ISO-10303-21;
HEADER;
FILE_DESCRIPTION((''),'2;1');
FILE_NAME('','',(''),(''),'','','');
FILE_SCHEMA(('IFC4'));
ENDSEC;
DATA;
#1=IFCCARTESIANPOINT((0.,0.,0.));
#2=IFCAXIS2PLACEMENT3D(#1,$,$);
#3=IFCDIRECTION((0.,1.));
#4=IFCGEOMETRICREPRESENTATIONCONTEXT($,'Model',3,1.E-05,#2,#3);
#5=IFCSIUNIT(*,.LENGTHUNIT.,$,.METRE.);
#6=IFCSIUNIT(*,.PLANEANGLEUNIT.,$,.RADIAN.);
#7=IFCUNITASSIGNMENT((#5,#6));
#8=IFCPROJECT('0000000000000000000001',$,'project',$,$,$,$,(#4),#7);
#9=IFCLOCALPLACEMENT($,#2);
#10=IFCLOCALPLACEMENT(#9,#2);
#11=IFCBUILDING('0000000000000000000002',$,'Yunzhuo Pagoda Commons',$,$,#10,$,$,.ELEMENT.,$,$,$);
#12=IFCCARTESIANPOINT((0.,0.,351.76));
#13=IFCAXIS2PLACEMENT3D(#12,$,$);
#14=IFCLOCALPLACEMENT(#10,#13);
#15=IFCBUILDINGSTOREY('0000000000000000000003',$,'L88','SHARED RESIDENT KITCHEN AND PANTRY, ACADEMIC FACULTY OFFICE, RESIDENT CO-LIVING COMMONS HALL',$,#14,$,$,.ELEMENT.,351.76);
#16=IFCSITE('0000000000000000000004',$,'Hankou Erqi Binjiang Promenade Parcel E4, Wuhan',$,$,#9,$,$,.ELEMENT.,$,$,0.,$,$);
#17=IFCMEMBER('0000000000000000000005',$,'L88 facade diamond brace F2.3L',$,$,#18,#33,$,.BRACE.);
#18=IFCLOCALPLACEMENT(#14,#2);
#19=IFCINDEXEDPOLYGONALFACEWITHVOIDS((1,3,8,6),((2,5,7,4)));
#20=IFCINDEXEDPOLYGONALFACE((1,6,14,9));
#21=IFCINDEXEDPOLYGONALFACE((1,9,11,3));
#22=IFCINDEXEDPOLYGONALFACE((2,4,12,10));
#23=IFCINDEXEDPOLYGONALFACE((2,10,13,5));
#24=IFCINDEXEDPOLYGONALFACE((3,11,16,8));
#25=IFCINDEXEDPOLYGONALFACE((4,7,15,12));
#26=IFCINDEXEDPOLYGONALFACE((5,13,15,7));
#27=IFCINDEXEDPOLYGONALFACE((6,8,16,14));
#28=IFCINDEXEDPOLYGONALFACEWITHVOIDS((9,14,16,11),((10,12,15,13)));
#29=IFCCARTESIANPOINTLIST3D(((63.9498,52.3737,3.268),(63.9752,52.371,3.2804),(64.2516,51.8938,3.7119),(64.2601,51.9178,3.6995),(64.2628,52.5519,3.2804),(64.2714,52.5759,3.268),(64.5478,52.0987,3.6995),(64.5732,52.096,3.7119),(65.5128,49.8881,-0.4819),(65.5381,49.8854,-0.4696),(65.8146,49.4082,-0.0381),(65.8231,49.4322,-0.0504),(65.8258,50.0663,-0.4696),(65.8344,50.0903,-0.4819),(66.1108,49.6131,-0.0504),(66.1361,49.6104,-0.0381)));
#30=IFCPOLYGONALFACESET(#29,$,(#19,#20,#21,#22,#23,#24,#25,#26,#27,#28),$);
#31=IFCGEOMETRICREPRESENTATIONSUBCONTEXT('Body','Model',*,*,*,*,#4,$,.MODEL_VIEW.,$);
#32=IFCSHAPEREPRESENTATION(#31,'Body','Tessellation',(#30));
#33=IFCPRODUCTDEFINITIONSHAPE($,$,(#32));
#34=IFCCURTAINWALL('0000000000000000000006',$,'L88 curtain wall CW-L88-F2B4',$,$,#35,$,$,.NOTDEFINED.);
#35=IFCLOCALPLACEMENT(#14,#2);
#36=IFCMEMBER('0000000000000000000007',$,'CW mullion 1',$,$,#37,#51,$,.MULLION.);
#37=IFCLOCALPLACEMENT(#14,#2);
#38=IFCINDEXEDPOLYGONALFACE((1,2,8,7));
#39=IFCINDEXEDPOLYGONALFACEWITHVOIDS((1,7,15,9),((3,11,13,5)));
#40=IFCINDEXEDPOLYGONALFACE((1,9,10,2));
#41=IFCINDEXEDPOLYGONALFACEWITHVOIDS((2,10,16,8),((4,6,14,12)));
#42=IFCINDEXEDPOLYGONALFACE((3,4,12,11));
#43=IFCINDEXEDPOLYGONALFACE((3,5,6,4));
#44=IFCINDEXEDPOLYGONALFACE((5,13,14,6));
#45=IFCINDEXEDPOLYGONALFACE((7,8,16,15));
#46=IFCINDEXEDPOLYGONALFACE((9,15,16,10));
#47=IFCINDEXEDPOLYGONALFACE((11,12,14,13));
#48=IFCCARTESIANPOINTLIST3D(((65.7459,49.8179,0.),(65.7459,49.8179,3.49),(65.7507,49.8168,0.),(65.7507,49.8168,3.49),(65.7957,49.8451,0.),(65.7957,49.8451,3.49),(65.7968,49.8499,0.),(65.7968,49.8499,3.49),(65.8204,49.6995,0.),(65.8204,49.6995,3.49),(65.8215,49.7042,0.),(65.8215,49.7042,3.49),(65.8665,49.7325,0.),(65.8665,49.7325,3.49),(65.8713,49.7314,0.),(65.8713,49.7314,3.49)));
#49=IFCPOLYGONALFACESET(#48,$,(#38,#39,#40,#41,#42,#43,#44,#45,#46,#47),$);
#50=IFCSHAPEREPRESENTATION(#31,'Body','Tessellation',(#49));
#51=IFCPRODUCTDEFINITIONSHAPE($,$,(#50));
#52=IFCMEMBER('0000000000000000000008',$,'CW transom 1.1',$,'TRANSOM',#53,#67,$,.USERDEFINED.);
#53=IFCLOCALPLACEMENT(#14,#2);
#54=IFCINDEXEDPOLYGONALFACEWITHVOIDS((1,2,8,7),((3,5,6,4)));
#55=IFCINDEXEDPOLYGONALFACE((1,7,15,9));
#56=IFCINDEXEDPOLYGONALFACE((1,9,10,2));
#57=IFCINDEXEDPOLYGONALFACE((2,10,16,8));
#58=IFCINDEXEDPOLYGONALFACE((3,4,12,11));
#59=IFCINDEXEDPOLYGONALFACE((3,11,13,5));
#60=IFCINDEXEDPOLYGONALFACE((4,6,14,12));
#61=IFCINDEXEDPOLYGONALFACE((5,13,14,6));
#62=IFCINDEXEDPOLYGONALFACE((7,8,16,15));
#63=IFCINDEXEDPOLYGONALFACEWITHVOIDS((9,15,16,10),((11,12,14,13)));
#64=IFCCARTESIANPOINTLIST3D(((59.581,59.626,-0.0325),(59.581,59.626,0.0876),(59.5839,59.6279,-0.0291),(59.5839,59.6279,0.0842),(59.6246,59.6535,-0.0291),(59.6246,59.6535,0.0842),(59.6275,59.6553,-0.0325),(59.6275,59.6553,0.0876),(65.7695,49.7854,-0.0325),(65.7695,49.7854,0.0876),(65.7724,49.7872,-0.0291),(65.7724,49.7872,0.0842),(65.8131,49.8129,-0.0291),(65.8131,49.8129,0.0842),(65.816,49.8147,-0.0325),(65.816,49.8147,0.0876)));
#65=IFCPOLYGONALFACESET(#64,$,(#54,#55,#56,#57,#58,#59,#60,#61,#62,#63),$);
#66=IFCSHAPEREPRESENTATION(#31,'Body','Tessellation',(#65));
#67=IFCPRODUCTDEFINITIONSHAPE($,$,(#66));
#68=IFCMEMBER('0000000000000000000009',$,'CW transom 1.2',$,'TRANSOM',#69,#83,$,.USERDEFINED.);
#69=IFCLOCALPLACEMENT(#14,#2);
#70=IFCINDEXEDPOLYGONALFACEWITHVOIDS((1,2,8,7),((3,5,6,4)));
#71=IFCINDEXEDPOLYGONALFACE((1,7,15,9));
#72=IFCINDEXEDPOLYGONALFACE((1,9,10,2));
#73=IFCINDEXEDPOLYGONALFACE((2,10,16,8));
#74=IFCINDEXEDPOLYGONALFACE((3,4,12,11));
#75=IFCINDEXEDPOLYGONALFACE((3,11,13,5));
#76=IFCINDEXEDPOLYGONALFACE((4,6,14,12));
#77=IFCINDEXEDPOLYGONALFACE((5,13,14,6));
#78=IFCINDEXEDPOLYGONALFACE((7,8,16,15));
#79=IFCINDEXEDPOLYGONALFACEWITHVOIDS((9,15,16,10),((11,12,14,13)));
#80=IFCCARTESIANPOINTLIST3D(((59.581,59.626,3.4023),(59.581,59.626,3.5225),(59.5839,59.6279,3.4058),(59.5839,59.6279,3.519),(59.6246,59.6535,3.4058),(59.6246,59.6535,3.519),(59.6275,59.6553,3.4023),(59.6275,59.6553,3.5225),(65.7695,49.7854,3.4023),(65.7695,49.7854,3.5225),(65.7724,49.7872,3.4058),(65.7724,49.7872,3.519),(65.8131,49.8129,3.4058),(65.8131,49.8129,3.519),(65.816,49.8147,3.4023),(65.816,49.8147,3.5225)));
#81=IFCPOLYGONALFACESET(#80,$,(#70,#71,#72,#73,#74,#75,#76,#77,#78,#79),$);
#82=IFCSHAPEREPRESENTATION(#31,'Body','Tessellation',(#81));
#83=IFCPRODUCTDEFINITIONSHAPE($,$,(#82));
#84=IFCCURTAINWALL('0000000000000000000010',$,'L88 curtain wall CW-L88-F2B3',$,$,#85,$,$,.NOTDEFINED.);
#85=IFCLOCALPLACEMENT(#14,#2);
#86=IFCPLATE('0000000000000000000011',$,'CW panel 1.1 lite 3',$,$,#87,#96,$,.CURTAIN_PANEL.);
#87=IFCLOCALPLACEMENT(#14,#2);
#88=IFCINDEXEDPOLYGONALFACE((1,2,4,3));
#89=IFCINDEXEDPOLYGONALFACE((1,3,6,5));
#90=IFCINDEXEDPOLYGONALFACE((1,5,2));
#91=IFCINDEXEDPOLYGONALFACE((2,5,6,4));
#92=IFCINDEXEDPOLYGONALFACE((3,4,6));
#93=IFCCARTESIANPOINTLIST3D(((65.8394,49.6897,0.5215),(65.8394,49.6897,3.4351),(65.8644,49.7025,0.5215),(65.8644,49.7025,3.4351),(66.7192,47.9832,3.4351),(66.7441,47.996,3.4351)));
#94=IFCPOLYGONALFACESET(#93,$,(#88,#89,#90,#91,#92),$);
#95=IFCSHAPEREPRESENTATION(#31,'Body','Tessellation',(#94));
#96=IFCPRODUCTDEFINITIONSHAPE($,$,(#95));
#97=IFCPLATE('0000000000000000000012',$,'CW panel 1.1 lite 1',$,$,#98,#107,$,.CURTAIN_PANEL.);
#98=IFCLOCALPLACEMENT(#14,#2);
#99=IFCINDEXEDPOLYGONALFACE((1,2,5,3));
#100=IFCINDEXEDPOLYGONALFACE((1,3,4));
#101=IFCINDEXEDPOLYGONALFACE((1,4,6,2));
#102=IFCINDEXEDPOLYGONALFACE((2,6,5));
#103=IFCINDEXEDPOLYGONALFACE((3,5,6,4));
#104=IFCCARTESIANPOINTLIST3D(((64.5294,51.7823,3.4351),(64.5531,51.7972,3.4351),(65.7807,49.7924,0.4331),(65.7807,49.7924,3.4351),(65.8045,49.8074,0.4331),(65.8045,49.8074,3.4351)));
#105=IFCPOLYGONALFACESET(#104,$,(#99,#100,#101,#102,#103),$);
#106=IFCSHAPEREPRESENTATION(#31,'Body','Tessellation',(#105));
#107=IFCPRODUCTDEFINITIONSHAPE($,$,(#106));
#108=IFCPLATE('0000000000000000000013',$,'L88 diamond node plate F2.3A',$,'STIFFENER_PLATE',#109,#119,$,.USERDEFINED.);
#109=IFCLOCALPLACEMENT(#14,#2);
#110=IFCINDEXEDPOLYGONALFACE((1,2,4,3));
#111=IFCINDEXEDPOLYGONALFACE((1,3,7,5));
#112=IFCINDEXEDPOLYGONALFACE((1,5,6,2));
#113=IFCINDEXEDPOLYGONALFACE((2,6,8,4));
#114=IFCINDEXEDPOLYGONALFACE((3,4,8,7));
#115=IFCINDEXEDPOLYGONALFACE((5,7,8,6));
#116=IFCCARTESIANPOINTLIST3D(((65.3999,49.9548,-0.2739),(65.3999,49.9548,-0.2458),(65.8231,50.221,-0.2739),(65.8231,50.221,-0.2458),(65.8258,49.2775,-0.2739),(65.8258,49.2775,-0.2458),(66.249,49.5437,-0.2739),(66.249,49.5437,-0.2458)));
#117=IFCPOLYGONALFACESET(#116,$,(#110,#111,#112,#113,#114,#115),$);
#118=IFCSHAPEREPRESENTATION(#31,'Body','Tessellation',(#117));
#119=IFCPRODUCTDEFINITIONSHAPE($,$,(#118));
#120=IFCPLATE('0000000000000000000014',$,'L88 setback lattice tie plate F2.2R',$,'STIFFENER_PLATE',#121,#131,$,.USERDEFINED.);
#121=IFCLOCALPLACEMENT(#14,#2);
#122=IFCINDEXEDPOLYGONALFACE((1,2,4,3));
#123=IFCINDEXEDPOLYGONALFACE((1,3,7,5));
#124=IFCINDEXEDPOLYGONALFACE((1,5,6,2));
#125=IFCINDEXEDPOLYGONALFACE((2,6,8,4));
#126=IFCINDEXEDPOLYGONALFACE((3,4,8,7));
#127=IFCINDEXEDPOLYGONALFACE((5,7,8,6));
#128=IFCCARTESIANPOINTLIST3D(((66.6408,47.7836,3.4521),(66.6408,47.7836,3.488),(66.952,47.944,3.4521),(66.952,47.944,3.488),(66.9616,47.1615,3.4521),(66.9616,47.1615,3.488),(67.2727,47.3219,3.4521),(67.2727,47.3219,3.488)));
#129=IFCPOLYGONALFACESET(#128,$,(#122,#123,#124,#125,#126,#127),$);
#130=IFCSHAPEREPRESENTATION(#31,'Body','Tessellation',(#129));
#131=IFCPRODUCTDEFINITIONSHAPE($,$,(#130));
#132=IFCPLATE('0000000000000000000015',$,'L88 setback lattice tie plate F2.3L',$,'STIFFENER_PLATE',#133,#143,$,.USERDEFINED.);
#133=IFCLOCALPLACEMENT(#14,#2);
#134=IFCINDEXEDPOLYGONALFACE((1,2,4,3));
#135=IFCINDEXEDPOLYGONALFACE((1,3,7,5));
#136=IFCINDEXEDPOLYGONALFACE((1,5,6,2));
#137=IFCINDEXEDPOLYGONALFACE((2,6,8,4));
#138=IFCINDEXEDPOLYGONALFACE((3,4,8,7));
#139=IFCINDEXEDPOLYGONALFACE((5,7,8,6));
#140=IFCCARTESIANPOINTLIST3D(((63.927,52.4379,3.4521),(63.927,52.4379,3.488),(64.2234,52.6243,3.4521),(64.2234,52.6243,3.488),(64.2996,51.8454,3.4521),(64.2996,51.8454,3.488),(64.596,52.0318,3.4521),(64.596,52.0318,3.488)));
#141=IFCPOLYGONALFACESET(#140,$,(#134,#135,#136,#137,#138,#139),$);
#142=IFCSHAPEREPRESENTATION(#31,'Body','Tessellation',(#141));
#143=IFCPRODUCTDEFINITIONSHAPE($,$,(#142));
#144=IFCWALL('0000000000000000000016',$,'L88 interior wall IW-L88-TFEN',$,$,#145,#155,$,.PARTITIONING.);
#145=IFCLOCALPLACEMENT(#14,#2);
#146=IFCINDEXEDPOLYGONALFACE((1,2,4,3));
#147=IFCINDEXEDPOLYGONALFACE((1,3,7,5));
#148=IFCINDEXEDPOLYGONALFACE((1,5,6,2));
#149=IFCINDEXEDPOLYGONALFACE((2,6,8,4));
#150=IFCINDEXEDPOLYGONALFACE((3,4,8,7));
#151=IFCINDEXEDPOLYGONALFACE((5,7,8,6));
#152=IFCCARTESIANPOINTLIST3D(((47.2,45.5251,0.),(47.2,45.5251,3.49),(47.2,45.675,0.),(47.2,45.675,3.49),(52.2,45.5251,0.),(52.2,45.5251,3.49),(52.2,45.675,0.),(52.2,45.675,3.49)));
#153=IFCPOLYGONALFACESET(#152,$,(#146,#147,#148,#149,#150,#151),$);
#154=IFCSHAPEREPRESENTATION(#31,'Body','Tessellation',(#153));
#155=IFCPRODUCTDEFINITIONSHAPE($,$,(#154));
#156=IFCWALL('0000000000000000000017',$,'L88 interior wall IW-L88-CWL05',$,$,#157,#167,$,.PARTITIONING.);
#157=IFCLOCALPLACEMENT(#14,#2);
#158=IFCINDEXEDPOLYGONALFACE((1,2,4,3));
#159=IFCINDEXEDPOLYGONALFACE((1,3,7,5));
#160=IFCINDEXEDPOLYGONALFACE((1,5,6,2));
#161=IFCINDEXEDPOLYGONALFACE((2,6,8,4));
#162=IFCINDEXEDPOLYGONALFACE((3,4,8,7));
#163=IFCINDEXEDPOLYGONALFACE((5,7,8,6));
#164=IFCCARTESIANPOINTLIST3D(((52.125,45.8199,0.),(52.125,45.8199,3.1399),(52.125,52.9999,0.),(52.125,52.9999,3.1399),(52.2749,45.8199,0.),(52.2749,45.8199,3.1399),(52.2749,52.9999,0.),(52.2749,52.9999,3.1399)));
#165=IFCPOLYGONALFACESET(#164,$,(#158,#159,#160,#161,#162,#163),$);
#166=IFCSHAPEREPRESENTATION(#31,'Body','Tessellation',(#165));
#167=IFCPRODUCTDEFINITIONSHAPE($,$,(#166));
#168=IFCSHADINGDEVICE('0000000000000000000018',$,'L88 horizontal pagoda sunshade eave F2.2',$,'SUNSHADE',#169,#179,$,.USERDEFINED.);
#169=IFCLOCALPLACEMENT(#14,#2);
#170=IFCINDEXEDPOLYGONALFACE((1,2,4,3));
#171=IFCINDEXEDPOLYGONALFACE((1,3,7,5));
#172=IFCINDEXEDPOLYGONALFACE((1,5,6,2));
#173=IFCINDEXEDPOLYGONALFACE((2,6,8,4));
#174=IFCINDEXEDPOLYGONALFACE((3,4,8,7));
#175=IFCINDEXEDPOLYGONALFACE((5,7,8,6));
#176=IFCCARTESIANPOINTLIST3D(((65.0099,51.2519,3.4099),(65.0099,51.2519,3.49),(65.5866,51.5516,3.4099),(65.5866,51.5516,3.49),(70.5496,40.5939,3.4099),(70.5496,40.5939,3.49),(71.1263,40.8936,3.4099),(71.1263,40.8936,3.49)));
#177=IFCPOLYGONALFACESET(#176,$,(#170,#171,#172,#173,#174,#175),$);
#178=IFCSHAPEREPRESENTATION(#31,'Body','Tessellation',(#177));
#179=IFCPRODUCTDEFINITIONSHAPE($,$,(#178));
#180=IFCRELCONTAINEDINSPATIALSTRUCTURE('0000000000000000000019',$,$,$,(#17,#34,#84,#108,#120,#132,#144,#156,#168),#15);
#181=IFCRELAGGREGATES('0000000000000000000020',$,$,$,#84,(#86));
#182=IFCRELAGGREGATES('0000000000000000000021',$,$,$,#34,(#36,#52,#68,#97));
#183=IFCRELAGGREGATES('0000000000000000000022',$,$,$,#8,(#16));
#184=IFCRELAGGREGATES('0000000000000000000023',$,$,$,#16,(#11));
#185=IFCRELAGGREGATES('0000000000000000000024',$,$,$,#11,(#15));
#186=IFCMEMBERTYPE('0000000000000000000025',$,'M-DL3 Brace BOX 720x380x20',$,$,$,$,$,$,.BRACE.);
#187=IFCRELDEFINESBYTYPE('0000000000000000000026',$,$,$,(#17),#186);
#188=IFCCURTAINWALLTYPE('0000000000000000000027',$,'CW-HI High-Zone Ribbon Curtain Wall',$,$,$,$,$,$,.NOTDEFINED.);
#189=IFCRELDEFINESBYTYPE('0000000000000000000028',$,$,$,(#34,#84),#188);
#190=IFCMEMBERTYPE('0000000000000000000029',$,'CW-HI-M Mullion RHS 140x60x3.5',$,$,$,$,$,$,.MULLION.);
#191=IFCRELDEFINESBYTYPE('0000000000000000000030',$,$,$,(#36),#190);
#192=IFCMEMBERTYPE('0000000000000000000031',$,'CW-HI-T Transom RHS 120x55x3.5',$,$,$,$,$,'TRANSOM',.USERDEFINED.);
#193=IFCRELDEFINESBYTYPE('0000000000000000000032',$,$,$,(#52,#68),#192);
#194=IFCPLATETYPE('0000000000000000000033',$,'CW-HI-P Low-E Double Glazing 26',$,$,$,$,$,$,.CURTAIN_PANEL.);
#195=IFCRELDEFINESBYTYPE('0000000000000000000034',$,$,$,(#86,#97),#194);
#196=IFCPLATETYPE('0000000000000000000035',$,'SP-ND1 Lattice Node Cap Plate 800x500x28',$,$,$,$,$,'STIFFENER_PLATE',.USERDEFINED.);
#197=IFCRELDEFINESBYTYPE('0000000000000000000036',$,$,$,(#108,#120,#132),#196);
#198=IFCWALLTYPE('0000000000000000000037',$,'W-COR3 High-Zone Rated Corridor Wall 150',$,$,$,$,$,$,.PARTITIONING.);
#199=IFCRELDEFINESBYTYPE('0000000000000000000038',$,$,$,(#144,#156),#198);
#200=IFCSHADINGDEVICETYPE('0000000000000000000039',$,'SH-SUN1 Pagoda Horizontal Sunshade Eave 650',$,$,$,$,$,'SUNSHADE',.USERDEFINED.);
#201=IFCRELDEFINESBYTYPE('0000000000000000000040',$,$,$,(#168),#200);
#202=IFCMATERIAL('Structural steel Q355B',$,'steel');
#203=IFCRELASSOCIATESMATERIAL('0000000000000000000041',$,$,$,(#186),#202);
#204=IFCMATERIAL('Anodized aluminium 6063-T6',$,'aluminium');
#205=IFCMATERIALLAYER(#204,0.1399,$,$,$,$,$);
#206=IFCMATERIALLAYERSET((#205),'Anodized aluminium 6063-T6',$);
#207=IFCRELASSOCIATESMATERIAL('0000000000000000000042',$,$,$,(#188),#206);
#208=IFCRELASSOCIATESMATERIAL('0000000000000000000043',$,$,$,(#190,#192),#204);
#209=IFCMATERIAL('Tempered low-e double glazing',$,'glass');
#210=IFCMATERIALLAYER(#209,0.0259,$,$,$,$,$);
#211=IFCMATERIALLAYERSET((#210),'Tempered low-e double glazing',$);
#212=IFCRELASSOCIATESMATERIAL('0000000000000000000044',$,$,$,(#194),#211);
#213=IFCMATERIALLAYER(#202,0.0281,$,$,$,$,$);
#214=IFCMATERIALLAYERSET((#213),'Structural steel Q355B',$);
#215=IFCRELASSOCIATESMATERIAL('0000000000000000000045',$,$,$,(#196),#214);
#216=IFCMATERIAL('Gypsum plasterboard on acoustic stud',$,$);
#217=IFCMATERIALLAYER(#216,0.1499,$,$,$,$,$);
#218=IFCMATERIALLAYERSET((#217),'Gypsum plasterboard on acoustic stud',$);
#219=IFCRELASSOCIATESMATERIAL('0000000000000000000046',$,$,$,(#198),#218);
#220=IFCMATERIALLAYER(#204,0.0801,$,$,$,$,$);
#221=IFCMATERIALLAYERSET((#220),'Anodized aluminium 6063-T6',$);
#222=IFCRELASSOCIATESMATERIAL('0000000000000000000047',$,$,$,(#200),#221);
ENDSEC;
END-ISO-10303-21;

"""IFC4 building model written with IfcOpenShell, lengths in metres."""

from ifc_helpers import new_model, si_unit, direction, frame, frame_2d, origin, origin_2d, place, context, subcontext, project, spatial, polyline, rectangle, hollow_rectangle, outline, extrude, source, transform, mapped, material, layer, layer_set, material_profile, profile_set, type_object, element, aggregate, save


model = new_model("IFC4")

# Units and contexts
model_context = context("Model", 3, precision=1e-05, world=origin(), true_north=direction((0.0, 1.0)))
body_context = subcontext(model_context, "Body", "Model", "MODEL_VIEW")
ifc_project = project(units=[si_unit("LENGTHUNIT", "METRE"), si_unit("PLANEANGLEUNIT", "RADIAN")], contexts=[model_context])

# Site, building, storey
site_placement = place(None, origin())
site = spatial("IfcSite", under=ifc_project, at=site_placement, Name="Hankou Erqi Binjiang Promenade Parcel E4, Wuhan", CompositionType="ELEMENT", RefElevation=0.0)
building_placement = place(site_placement, origin())
building = spatial("IfcBuilding", under=site, at=building_placement, Name="Yunzhuo Pagoda Commons", CompositionType="ELEMENT")
storey_placement = place(building_placement, frame((0.0, 0.0, 351.76)))
storey = spatial("IfcBuildingStorey", under=building, at=storey_placement, Name="L88", Description="SHARED RESIDENT KITCHEN AND PANTRY, ACADEMIC FACULTY OFFICE, RESIDENT CO-LIVING COMMONS HALL", CompositionType="ELEMENT", Elevation=351.76)

# Shared definitions
ifc_material_1 = material(Name="Structural steel Q355B", Category="steel")

# Member
ifc_material_profile_1 = material_profile(ifc_material_1, hollow_rectangle(XDim=0.3799, YDim=0.72, WallThickness=0.02, at=origin_2d()), Name="Structural steel Q355B")
ifc_profile_set_1 = profile_set([ifc_material_profile_1], Name="Structural steel Q355B")
member_type_1 = type_object("IfcMemberType", Name="M-DL3 Brace BOX 720x380x20", PredefinedType="BRACE", material=ifc_profile_set_1)
shared_shape_1 = source(origin(), body_context, "Body", "SweptSolid", [
    extrude(hollow_rectangle(XDim=0.3799, YDim=0.72, WallThickness=0.02, at=origin_2d()), origin(), (0.0, 0.0, 1.0), 4.7627),
])
member_1_placement = place(storey_placement, frame((65.8245, 49.7493, -0.26), z_axis=(-0.328171, 0.521884, 0.787363), x_axis=(-0.846542, -0.532321, 0.0)))
element("IfcMember", 1, at=member_1_placement, inside=storey, type_object=member_type_1, Name="L88 facade diamond brace F2.3L", PredefinedType="BRACE", context=body_context, shape_type="MappedRepresentation", body=[
    mapped(shared_shape_1, transform((0.0, 0.0, 0.0), scale=1.0)),
])

# Curtain wall, members
ifc_material_2 = material(Name="Anodized aluminium 6063-T6", Category="aluminium")
ifc_layer_1 = layer(ifc_material_2, 0.1399)
ifc_layer_set_1 = layer_set([ifc_layer_1], Name="Anodized aluminium 6063-T6")
curtain_wall_type = type_object("IfcCurtainWallType", Name="CW-HI High-Zone Ribbon Curtain Wall", PredefinedType="NOTDEFINED", material=ifc_layer_set_1)
curtain_wall_1_placement = place(storey_placement, origin())
curtain_wall_1 = element("IfcCurtainWall", 2, at=curtain_wall_1_placement, inside=storey, type_object=curtain_wall_type, Name="L88 curtain wall CW-L88-F2B4", PredefinedType="NOTDEFINED")
ifc_material_profile_2 = material_profile(ifc_material_2, hollow_rectangle(XDim=0.0601, YDim=0.1399, WallThickness=0.0034, at=origin_2d()), Name="Anodized aluminium 6063-T6")
ifc_profile_set_2 = profile_set([ifc_material_profile_2], Name="Anodized aluminium 6063-T6")
member_type_2 = type_object("IfcMemberType", Name="CW-HI-M Mullion RHS 140x60x3.5", PredefinedType="MULLION", material=ifc_profile_set_2)
shared_shape_2 = source(origin(), body_context, "Body", "SweptSolid", [
    extrude(hollow_rectangle(XDim=0.0601, YDim=0.1399, WallThickness=0.0034, at=origin_2d()), origin(), (0.0, 0.0, 1.0), 3.49),
])
member_2_placement = place(storey_placement, frame((65.8086, 49.7747, 0.0), z_axis=(0.0, 0.0, 1.0), x_axis=(-0.846525, -0.53235, 0.0)))
member_2 = element("IfcMember", 3, at=member_2_placement, type_object=member_type_2, Name="CW mullion 1", PredefinedType="MULLION", context=body_context, shape_type="MappedRepresentation", body=[
    mapped(shared_shape_2, transform((0.0, 0.0, 0.0), scale=1.0)),
])
ifc_material_profile_3 = material_profile(ifc_material_2, hollow_rectangle(XDim=0.0549, YDim=0.1201, WallThickness=0.0034, at=origin_2d()), Name="Anodized aluminium 6063-T6")
ifc_profile_set_3 = profile_set([ifc_material_profile_3], Name="Anodized aluminium 6063-T6")
member_type_3 = type_object("IfcMemberType", Name="CW-HI-T Transom RHS 120x55x3.5", ElementType="TRANSOM", PredefinedType="USERDEFINED", material=ifc_profile_set_3)
shared_shape_3 = source(origin(), body_context, "Body", "SweptSolid", [
    extrude(hollow_rectangle(XDim=0.0549, YDim=0.1201, WallThickness=0.0034, at=origin_2d()), origin(), (0.0, 0.0, 1.0), 11.6248),
])
member_3_placement = place(storey_placement, frame((65.7927, 49.8, 0.0276), z_axis=(-0.532355, 0.846521, 0.0), x_axis=(-0.846521, -0.532355, 0.0)))
member_3 = element("IfcMember", 4, at=member_3_placement, type_object=member_type_3, Name="CW transom 1.1", ObjectType="TRANSOM", PredefinedType="USERDEFINED", context=body_context, shape_type="MappedRepresentation", body=[
    mapped(shared_shape_3, transform((0.0, 0.0, 0.0), scale=1.0)),
])
member_4_placement = place(storey_placement, frame((65.7927, 49.8, 3.4624), z_axis=(-0.532355, 0.846521, 0.0), x_axis=(-0.846521, -0.532355, 0.0)))
member_4 = element("IfcMember", 5, at=member_4_placement, type_object=member_type_3, Name="CW transom 1.2", ObjectType="TRANSOM", PredefinedType="USERDEFINED", context=body_context, shape_type="MappedRepresentation", body=[
    mapped(shared_shape_3, transform((0.0, 0.0, 0.0), scale=1.0)),
])

# Curtain wall, plate
curtain_wall_2_placement = place(storey_placement, origin())
curtain_wall_2 = element("IfcCurtainWall", 6, at=curtain_wall_2_placement, inside=storey, type_object=curtain_wall_type, Name="L88 curtain wall CW-L88-F2B3", PredefinedType="NOTDEFINED")
ifc_material_3 = material(Name="Tempered low-e double glazing", Category="glass")
ifc_layer_2 = layer(ifc_material_3, 0.0259)
ifc_layer_set_2 = layer_set([ifc_layer_2], Name="Tempered low-e double glazing")
plate_type_1 = type_object("IfcPlateType", Name="CW-HI-P Low-E Double Glazing 26", PredefinedType="CURTAIN_PANEL", material=ifc_layer_set_2)
plate_1_placement = place(storey_placement, frame((66.2793, 48.8364, 1.9783), z_axis=(0.888846, 0.458207, 0.0), x_axis=(-0.458207, 0.888846, 0.0)))
plate_1 = element("IfcPlate", 7, at=plate_1_placement, type_object=plate_type_1, Name="CW panel 1.1 lite 3", PredefinedType="CURTAIN_PANEL", context=body_context, shape_type="SweptSolid", body=[
    extrude(outline(polyline([(-0.96, 1.4568), (0.96, -1.4568), (0.96, 1.4568), (-0.96, 1.4568)])), origin(), (0.0, 0.0, 1.0), 0.0281),
])
aggregate(curtain_wall_2, [plate_1])

# Plate
plate_2_placement = place(storey_placement, frame((65.155, 50.7874, 1.9341), z_axis=(0.846525, 0.53235, 0.0), x_axis=(-0.53235, 0.846525, 0.0)))
plate_2 = element("IfcPlate", 8, at=plate_2_placement, type_object=plate_type_1, Name="CW panel 1.1 lite 1", PredefinedType="CURTAIN_PANEL", context=body_context, shape_type="SweptSolid", body=[
    extrude(outline(polyline([(-1.1753, -1.501), (1.1753, 1.501), (-1.1753, 1.501), (-1.1753, -1.501)])), origin(), (0.0, 0.0, 1.0), 0.0281),
])
aggregate(curtain_wall_1, [member_2, member_3, member_4, plate_2])

# Plates
ifc_layer_3 = layer(ifc_material_1, 0.0281)
ifc_layer_set_3 = layer_set([ifc_layer_3], Name="Structural steel Q355B")
plate_type_2 = type_object("IfcPlateType", Name="SP-ND1 Lattice Node Cap Plate 800x500x28", ElementType="STIFFENER_PLATE", PredefinedType="USERDEFINED", material=ifc_layer_set_3)
shared_shape_4 = source(origin(), body_context, "Body", "SweptSolid", [
    extrude(rectangle(XDim=0.8, YDim=0.5, at=origin_2d()), origin(), (0.0, 0.0, 1.0), 0.0281),
])
plate_3_placement = place(storey_placement, frame((65.8245, 49.7493, -0.2739), z_axis=(0.0, 0.0, 1.0), x_axis=(-0.532344, 0.846528, 0.0)))
element("IfcPlate", 9, at=plate_3_placement, inside=storey, type_object=plate_type_2, Name="L88 diamond node plate F2.3A", ObjectType="STIFFENER_PLATE", PredefinedType="USERDEFINED", context=body_context, shape_type="MappedRepresentation", body=[
    mapped(shared_shape_4, transform((0.0, 0.0, 0.0), scale=1.0)),
])
shared_shape_5 = source(origin(), body_context, "Body", "SweptSolid", [
    extrude(rectangle(XDim=0.7, YDim=0.3501, at=origin_2d()), origin(), (0.0, 0.0, 1.0), 0.0359),
])
for number, where, z_axis, x_axis, name in (
    (10, (66.9568, 47.5527, 3.4521), (0.0, 0.0, 1.0), (-0.4582, 0.888849, 0.0), "L88 setback lattice tie plate F2.2R"),
    (11, (64.2615, 52.2349, 3.4521), (0.0, 0.0, 1.0), (-0.532344, 0.846528, 0.0), "L88 setback lattice tie plate F2.3L"),
):
    element("IfcPlate", number, at=place(storey_placement, frame(where, z_axis=z_axis, x_axis=x_axis)), inside=storey, type_object=plate_type_2, Name=name, ObjectType="STIFFENER_PLATE", PredefinedType="USERDEFINED", context=body_context, shape_type="MappedRepresentation", body=[
        mapped(shared_shape_5, transform((0.0, 0.0, 0.0), scale=1.0)),
    ])

# Walls
ifc_material_4 = material(Name="Gypsum plasterboard on acoustic stud")
ifc_layer_4 = layer(ifc_material_4, 0.1499)
ifc_layer_set_4 = layer_set([ifc_layer_4], Name="Gypsum plasterboard on acoustic stud")
wall_type = type_object("IfcWallType", Name="W-COR3 High-Zone Rated Corridor Wall 150", PredefinedType="PARTITIONING", material=ifc_layer_set_4)
wall_1_placement = place(storey_placement, frame((47.2, 45.6001, 0.0), z_axis=(0.0, 0.0, 1.0), x_axis=(1.0, 0.0, 0.0)))
element("IfcWall", 12, at=wall_1_placement, inside=storey, type_object=wall_type, Name="L88 interior wall IW-L88-TFEN", PredefinedType="PARTITIONING", context=body_context, shape_type="SweptSolid", body=[
    extrude(rectangle(XDim=5.0, YDim=0.1499, at=frame_2d((2.5, 0.0))), origin(), (0.0, 0.0, 1.0), 3.49),
])
wall_2_placement = place(storey_placement, frame((52.2, 45.8201, 0.0), z_axis=(0.0, 0.0, 1.0), x_axis=(0.0, 1.0, 0.0)))
element("IfcWall", 13, at=wall_2_placement, inside=storey, type_object=wall_type, Name="L88 interior wall IW-L88-CWL05", PredefinedType="PARTITIONING", context=body_context, shape_type="SweptSolid", body=[
    extrude(rectangle(XDim=7.1799, YDim=0.1499, at=frame_2d((3.5898, 0.0))), origin(), (0.0, 0.0, 1.0), 3.1399),
])

# Shading device
ifc_layer_5 = layer(ifc_material_2, 0.0801)
ifc_layer_set_5 = layer_set([ifc_layer_5], Name="Anodized aluminium 6063-T6")
shading_device_type = type_object("IfcShadingDeviceType", Name="SH-SUN1 Pagoda Horizontal Sunshade Eave 650", ElementType="SUNSHADE", PredefinedType="USERDEFINED", material=ifc_layer_set_5)
shared_shape_6 = source(origin(), body_context, "Body", "SweptSolid", [
    extrude(rectangle(XDim=12.0117, YDim=0.6499, at=origin_2d()), origin(), (0.0, 0.0, 1.0), 0.0801),
])
shading_device_placement = place(storey_placement, frame((68.0681, 46.0728, 3.4099), z_axis=(0.0, 0.0, 1.0), x_axis=(-0.461191, 0.887301, 0.0)))
element("IfcShadingDevice", 14, at=shading_device_placement, inside=storey, type_object=shading_device_type, Name="L88 horizontal pagoda sunshade eave F2.2", ObjectType="SUNSHADE", PredefinedType="USERDEFINED", context=body_context, shape_type="MappedRepresentation", body=[
    mapped(shared_shape_6, transform((0.0, 0.0, 0.0), scale=1.0)),
])

save(model, "model.ifc")
